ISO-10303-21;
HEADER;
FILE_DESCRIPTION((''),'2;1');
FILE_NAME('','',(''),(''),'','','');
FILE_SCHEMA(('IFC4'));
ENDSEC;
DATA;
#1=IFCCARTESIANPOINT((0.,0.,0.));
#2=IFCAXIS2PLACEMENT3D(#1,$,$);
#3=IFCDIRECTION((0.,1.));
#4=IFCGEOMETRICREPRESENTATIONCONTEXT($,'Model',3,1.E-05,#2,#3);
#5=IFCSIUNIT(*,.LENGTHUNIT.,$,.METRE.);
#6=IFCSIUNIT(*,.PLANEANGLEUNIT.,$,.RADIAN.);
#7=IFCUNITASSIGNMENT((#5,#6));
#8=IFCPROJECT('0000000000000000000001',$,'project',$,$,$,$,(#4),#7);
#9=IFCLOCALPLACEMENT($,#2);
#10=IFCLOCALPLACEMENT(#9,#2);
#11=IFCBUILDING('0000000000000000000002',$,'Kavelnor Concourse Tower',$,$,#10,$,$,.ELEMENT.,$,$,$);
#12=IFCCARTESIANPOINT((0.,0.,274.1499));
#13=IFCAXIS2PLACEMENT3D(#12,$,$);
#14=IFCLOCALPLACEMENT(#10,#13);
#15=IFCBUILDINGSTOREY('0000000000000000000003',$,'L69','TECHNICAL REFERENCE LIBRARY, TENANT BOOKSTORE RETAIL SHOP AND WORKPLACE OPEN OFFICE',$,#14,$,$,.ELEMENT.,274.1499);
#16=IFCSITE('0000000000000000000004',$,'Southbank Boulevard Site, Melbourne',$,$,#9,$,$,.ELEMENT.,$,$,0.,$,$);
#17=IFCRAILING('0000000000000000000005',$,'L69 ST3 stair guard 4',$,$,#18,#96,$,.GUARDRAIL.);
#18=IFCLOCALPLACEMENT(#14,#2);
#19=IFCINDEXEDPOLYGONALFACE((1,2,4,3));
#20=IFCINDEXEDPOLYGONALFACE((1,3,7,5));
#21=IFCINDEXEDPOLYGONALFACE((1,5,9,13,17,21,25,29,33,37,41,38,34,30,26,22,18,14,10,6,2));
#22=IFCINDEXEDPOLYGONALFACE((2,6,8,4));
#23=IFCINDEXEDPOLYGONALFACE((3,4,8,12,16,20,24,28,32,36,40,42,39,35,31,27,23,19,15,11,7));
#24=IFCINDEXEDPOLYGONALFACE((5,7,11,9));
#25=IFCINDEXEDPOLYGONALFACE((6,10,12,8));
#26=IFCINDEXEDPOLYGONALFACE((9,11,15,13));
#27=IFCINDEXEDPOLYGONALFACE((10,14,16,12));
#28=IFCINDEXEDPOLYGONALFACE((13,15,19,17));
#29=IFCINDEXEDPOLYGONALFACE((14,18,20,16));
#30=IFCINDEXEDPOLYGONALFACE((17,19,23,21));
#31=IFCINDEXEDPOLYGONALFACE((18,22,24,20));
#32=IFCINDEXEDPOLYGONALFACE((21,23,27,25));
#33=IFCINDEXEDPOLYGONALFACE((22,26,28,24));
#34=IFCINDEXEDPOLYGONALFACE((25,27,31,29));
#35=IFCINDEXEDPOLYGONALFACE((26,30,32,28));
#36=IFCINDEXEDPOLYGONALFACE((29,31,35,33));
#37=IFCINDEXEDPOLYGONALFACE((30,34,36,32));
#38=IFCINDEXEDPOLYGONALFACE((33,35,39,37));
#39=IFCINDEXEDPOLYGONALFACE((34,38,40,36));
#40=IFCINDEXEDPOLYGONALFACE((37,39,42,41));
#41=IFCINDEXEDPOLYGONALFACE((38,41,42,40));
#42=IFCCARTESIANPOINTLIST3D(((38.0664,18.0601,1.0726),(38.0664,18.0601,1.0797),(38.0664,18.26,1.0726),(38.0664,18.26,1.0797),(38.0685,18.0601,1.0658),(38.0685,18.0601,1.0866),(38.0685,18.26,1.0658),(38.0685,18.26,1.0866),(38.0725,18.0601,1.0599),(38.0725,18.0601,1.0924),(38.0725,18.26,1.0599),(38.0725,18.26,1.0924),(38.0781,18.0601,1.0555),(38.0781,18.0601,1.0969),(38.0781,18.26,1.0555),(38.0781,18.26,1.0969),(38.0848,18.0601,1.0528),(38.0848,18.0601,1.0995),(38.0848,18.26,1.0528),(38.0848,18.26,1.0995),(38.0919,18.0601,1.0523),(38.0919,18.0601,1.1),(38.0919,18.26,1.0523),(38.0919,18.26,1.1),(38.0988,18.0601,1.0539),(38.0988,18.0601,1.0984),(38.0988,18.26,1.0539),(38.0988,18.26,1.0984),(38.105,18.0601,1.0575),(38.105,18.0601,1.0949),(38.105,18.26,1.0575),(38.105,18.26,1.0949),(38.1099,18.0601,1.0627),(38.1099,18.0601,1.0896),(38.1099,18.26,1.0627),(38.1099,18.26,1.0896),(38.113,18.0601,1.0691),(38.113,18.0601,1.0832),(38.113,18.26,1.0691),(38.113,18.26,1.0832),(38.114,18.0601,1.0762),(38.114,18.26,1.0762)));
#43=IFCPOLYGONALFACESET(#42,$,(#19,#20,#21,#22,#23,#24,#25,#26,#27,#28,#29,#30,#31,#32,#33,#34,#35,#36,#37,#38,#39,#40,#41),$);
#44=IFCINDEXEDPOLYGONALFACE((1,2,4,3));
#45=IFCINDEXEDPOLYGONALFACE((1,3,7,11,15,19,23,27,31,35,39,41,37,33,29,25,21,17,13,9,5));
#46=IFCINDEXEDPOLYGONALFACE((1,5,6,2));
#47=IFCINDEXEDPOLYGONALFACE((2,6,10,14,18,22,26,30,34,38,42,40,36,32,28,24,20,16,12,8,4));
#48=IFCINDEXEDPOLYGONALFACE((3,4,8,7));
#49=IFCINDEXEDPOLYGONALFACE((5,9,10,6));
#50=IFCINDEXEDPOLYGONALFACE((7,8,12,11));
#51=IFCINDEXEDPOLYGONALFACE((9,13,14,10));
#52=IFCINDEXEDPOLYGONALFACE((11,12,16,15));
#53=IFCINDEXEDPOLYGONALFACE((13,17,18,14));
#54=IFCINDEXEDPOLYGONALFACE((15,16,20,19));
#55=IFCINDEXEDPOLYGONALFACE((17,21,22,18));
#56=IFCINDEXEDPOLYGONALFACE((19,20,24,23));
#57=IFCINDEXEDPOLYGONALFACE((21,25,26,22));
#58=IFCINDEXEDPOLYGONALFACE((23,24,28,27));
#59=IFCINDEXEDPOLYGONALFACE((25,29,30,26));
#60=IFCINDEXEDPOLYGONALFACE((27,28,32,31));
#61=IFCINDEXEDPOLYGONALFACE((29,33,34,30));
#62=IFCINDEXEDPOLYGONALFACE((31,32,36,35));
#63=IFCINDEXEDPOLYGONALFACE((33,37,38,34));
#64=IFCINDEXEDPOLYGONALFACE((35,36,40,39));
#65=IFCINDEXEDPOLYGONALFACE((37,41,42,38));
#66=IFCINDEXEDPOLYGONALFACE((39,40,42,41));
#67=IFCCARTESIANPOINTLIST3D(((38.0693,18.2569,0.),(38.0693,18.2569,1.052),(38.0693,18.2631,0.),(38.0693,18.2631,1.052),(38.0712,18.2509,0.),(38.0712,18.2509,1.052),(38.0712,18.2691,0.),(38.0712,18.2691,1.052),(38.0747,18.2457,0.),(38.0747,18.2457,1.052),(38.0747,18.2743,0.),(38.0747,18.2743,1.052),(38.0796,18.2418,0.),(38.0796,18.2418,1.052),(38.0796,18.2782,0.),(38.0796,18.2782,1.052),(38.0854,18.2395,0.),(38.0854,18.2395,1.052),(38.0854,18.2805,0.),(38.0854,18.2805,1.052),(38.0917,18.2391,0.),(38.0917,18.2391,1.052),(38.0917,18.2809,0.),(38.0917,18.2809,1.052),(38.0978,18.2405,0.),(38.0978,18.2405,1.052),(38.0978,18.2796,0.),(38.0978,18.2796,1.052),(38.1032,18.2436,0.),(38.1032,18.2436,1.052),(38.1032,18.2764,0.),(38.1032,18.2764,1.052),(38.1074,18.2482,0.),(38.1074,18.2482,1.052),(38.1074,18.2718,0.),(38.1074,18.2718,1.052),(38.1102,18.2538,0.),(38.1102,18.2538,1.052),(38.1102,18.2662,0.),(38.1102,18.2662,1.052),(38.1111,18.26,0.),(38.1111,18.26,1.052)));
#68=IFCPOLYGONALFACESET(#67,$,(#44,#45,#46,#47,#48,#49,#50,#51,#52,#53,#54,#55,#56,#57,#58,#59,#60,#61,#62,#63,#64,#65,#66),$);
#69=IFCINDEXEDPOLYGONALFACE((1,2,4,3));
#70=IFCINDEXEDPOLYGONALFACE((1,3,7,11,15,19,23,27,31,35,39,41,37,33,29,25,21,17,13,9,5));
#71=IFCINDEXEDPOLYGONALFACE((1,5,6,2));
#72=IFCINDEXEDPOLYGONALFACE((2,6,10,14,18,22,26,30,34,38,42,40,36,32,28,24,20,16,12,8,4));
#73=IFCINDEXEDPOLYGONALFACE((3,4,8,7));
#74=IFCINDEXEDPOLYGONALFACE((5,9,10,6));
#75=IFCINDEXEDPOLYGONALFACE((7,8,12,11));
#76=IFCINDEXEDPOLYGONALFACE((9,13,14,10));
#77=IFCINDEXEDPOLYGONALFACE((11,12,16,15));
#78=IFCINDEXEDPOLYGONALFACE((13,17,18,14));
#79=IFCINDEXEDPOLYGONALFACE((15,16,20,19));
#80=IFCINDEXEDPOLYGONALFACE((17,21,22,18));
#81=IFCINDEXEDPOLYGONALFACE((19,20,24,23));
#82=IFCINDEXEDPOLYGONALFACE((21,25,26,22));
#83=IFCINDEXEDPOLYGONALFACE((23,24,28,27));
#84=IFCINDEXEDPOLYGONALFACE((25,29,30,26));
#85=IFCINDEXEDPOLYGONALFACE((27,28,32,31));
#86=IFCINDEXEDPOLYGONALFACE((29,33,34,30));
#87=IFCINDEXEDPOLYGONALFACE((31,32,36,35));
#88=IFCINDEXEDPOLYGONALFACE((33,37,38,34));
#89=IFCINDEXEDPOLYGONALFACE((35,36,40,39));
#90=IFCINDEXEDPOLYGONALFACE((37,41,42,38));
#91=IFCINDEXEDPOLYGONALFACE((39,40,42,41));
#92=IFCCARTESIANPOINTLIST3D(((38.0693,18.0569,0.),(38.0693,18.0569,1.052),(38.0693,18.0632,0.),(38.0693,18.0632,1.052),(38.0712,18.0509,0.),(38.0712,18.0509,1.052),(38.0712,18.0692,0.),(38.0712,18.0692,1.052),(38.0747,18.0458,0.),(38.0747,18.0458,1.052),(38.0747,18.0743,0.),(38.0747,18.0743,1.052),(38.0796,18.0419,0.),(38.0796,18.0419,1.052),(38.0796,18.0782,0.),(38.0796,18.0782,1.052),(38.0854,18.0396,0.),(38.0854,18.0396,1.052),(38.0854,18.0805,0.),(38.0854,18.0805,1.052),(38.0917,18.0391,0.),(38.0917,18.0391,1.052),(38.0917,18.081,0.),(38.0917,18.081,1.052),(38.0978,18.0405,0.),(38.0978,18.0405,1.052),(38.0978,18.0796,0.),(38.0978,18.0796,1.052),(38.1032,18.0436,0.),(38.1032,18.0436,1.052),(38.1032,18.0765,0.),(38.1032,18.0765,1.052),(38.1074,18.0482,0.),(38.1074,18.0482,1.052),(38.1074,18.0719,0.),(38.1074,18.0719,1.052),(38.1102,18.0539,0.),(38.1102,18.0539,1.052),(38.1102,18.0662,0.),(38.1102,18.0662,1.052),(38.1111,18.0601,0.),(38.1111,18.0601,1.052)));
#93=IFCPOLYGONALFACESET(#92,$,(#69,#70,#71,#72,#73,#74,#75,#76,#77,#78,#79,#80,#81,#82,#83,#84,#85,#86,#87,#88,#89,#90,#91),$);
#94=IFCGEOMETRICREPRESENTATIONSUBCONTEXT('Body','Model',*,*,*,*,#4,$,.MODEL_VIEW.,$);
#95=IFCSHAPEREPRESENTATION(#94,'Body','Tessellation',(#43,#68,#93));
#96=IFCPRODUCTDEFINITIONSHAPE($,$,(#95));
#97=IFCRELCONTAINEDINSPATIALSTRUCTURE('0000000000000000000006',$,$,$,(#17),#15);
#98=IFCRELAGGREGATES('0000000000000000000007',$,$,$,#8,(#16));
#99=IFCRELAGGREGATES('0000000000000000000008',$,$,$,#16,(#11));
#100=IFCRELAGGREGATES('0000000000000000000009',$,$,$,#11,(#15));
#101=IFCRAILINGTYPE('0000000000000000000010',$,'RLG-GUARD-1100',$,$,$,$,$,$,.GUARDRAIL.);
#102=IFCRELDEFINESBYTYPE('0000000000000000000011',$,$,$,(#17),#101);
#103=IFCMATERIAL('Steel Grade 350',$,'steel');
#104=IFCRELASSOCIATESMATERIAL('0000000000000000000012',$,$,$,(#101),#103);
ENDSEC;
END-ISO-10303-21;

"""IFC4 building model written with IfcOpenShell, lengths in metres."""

from ifc_helpers import new_model, si_unit, direction, frame, origin, origin_2d, place, context, subcontext, project, spatial, circle, extrude, material, type_object, element, save


model = new_model("IFC4")

# Units and contexts
model_context = context("Model", 3, precision=1e-05, world=origin(), true_north=direction((0.0, 1.0)))
body_context = subcontext(model_context, "Body", "Model", "MODEL_VIEW")
ifc_project = project(units=[si_unit("LENGTHUNIT", "METRE"), si_unit("PLANEANGLEUNIT", "RADIAN")], contexts=[model_context])

# Site, building, storey
site_placement = place(None, origin())
site = spatial("IfcSite", under=ifc_project, at=site_placement, Name="Southbank Boulevard Site, Melbourne", CompositionType="ELEMENT", RefElevation=0.0)
building_placement = place(site_placement, origin())
building = spatial("IfcBuilding", under=site, at=building_placement, Name="Kavelnor Concourse Tower", CompositionType="ELEMENT")
storey_placement = place(building_placement, frame((0.0, 0.0, 274.1499)))
storey = spatial("IfcBuildingStorey", under=building, at=storey_placement, Name="L69", Description="TECHNICAL REFERENCE LIBRARY, TENANT BOOKSTORE RETAIL SHOP AND WORKPLACE OPEN OFFICE", CompositionType="ELEMENT", Elevation=274.1499)

# Shared definitions
ifc_material_1 = material(Name="Steel Grade 350", Category="steel")

# Railing
railing_type_1 = type_object("IfcRailingType", Name="RLG-GUARD-1100", PredefinedType="GUARDRAIL", material=ifc_material_1)
railing_1_placement = place(storey_placement, frame((38.0901, 18.26, 0.0)))
element("IfcRailing", 1, at=railing_1_placement, inside=storey, type_object=railing_type_1, Name="L69 ST3 stair guard 4", PredefinedType="GUARDRAIL", context=body_context, shape_type="SweptSolid", body=[
    extrude(circle(Radius=0.0239, at=origin_2d()), frame((0.0, 0.0, 1.0762), z_axis=(0.0, -1.0, 0.0), x_axis=(1.0, 0.0, 0.0)), (0.0, 0.0, 1.0), 0.2),
    extrude(circle(Radius=0.021, at=origin_2d()), origin(), (0.0, 0.0, 1.0), 1.052),
    extrude(circle(Radius=0.021, at=origin_2d()), frame((0.0, -0.2, 0.0)), (0.0, 0.0, 1.0), 1.052),
])

save(model, "model.ifc")
